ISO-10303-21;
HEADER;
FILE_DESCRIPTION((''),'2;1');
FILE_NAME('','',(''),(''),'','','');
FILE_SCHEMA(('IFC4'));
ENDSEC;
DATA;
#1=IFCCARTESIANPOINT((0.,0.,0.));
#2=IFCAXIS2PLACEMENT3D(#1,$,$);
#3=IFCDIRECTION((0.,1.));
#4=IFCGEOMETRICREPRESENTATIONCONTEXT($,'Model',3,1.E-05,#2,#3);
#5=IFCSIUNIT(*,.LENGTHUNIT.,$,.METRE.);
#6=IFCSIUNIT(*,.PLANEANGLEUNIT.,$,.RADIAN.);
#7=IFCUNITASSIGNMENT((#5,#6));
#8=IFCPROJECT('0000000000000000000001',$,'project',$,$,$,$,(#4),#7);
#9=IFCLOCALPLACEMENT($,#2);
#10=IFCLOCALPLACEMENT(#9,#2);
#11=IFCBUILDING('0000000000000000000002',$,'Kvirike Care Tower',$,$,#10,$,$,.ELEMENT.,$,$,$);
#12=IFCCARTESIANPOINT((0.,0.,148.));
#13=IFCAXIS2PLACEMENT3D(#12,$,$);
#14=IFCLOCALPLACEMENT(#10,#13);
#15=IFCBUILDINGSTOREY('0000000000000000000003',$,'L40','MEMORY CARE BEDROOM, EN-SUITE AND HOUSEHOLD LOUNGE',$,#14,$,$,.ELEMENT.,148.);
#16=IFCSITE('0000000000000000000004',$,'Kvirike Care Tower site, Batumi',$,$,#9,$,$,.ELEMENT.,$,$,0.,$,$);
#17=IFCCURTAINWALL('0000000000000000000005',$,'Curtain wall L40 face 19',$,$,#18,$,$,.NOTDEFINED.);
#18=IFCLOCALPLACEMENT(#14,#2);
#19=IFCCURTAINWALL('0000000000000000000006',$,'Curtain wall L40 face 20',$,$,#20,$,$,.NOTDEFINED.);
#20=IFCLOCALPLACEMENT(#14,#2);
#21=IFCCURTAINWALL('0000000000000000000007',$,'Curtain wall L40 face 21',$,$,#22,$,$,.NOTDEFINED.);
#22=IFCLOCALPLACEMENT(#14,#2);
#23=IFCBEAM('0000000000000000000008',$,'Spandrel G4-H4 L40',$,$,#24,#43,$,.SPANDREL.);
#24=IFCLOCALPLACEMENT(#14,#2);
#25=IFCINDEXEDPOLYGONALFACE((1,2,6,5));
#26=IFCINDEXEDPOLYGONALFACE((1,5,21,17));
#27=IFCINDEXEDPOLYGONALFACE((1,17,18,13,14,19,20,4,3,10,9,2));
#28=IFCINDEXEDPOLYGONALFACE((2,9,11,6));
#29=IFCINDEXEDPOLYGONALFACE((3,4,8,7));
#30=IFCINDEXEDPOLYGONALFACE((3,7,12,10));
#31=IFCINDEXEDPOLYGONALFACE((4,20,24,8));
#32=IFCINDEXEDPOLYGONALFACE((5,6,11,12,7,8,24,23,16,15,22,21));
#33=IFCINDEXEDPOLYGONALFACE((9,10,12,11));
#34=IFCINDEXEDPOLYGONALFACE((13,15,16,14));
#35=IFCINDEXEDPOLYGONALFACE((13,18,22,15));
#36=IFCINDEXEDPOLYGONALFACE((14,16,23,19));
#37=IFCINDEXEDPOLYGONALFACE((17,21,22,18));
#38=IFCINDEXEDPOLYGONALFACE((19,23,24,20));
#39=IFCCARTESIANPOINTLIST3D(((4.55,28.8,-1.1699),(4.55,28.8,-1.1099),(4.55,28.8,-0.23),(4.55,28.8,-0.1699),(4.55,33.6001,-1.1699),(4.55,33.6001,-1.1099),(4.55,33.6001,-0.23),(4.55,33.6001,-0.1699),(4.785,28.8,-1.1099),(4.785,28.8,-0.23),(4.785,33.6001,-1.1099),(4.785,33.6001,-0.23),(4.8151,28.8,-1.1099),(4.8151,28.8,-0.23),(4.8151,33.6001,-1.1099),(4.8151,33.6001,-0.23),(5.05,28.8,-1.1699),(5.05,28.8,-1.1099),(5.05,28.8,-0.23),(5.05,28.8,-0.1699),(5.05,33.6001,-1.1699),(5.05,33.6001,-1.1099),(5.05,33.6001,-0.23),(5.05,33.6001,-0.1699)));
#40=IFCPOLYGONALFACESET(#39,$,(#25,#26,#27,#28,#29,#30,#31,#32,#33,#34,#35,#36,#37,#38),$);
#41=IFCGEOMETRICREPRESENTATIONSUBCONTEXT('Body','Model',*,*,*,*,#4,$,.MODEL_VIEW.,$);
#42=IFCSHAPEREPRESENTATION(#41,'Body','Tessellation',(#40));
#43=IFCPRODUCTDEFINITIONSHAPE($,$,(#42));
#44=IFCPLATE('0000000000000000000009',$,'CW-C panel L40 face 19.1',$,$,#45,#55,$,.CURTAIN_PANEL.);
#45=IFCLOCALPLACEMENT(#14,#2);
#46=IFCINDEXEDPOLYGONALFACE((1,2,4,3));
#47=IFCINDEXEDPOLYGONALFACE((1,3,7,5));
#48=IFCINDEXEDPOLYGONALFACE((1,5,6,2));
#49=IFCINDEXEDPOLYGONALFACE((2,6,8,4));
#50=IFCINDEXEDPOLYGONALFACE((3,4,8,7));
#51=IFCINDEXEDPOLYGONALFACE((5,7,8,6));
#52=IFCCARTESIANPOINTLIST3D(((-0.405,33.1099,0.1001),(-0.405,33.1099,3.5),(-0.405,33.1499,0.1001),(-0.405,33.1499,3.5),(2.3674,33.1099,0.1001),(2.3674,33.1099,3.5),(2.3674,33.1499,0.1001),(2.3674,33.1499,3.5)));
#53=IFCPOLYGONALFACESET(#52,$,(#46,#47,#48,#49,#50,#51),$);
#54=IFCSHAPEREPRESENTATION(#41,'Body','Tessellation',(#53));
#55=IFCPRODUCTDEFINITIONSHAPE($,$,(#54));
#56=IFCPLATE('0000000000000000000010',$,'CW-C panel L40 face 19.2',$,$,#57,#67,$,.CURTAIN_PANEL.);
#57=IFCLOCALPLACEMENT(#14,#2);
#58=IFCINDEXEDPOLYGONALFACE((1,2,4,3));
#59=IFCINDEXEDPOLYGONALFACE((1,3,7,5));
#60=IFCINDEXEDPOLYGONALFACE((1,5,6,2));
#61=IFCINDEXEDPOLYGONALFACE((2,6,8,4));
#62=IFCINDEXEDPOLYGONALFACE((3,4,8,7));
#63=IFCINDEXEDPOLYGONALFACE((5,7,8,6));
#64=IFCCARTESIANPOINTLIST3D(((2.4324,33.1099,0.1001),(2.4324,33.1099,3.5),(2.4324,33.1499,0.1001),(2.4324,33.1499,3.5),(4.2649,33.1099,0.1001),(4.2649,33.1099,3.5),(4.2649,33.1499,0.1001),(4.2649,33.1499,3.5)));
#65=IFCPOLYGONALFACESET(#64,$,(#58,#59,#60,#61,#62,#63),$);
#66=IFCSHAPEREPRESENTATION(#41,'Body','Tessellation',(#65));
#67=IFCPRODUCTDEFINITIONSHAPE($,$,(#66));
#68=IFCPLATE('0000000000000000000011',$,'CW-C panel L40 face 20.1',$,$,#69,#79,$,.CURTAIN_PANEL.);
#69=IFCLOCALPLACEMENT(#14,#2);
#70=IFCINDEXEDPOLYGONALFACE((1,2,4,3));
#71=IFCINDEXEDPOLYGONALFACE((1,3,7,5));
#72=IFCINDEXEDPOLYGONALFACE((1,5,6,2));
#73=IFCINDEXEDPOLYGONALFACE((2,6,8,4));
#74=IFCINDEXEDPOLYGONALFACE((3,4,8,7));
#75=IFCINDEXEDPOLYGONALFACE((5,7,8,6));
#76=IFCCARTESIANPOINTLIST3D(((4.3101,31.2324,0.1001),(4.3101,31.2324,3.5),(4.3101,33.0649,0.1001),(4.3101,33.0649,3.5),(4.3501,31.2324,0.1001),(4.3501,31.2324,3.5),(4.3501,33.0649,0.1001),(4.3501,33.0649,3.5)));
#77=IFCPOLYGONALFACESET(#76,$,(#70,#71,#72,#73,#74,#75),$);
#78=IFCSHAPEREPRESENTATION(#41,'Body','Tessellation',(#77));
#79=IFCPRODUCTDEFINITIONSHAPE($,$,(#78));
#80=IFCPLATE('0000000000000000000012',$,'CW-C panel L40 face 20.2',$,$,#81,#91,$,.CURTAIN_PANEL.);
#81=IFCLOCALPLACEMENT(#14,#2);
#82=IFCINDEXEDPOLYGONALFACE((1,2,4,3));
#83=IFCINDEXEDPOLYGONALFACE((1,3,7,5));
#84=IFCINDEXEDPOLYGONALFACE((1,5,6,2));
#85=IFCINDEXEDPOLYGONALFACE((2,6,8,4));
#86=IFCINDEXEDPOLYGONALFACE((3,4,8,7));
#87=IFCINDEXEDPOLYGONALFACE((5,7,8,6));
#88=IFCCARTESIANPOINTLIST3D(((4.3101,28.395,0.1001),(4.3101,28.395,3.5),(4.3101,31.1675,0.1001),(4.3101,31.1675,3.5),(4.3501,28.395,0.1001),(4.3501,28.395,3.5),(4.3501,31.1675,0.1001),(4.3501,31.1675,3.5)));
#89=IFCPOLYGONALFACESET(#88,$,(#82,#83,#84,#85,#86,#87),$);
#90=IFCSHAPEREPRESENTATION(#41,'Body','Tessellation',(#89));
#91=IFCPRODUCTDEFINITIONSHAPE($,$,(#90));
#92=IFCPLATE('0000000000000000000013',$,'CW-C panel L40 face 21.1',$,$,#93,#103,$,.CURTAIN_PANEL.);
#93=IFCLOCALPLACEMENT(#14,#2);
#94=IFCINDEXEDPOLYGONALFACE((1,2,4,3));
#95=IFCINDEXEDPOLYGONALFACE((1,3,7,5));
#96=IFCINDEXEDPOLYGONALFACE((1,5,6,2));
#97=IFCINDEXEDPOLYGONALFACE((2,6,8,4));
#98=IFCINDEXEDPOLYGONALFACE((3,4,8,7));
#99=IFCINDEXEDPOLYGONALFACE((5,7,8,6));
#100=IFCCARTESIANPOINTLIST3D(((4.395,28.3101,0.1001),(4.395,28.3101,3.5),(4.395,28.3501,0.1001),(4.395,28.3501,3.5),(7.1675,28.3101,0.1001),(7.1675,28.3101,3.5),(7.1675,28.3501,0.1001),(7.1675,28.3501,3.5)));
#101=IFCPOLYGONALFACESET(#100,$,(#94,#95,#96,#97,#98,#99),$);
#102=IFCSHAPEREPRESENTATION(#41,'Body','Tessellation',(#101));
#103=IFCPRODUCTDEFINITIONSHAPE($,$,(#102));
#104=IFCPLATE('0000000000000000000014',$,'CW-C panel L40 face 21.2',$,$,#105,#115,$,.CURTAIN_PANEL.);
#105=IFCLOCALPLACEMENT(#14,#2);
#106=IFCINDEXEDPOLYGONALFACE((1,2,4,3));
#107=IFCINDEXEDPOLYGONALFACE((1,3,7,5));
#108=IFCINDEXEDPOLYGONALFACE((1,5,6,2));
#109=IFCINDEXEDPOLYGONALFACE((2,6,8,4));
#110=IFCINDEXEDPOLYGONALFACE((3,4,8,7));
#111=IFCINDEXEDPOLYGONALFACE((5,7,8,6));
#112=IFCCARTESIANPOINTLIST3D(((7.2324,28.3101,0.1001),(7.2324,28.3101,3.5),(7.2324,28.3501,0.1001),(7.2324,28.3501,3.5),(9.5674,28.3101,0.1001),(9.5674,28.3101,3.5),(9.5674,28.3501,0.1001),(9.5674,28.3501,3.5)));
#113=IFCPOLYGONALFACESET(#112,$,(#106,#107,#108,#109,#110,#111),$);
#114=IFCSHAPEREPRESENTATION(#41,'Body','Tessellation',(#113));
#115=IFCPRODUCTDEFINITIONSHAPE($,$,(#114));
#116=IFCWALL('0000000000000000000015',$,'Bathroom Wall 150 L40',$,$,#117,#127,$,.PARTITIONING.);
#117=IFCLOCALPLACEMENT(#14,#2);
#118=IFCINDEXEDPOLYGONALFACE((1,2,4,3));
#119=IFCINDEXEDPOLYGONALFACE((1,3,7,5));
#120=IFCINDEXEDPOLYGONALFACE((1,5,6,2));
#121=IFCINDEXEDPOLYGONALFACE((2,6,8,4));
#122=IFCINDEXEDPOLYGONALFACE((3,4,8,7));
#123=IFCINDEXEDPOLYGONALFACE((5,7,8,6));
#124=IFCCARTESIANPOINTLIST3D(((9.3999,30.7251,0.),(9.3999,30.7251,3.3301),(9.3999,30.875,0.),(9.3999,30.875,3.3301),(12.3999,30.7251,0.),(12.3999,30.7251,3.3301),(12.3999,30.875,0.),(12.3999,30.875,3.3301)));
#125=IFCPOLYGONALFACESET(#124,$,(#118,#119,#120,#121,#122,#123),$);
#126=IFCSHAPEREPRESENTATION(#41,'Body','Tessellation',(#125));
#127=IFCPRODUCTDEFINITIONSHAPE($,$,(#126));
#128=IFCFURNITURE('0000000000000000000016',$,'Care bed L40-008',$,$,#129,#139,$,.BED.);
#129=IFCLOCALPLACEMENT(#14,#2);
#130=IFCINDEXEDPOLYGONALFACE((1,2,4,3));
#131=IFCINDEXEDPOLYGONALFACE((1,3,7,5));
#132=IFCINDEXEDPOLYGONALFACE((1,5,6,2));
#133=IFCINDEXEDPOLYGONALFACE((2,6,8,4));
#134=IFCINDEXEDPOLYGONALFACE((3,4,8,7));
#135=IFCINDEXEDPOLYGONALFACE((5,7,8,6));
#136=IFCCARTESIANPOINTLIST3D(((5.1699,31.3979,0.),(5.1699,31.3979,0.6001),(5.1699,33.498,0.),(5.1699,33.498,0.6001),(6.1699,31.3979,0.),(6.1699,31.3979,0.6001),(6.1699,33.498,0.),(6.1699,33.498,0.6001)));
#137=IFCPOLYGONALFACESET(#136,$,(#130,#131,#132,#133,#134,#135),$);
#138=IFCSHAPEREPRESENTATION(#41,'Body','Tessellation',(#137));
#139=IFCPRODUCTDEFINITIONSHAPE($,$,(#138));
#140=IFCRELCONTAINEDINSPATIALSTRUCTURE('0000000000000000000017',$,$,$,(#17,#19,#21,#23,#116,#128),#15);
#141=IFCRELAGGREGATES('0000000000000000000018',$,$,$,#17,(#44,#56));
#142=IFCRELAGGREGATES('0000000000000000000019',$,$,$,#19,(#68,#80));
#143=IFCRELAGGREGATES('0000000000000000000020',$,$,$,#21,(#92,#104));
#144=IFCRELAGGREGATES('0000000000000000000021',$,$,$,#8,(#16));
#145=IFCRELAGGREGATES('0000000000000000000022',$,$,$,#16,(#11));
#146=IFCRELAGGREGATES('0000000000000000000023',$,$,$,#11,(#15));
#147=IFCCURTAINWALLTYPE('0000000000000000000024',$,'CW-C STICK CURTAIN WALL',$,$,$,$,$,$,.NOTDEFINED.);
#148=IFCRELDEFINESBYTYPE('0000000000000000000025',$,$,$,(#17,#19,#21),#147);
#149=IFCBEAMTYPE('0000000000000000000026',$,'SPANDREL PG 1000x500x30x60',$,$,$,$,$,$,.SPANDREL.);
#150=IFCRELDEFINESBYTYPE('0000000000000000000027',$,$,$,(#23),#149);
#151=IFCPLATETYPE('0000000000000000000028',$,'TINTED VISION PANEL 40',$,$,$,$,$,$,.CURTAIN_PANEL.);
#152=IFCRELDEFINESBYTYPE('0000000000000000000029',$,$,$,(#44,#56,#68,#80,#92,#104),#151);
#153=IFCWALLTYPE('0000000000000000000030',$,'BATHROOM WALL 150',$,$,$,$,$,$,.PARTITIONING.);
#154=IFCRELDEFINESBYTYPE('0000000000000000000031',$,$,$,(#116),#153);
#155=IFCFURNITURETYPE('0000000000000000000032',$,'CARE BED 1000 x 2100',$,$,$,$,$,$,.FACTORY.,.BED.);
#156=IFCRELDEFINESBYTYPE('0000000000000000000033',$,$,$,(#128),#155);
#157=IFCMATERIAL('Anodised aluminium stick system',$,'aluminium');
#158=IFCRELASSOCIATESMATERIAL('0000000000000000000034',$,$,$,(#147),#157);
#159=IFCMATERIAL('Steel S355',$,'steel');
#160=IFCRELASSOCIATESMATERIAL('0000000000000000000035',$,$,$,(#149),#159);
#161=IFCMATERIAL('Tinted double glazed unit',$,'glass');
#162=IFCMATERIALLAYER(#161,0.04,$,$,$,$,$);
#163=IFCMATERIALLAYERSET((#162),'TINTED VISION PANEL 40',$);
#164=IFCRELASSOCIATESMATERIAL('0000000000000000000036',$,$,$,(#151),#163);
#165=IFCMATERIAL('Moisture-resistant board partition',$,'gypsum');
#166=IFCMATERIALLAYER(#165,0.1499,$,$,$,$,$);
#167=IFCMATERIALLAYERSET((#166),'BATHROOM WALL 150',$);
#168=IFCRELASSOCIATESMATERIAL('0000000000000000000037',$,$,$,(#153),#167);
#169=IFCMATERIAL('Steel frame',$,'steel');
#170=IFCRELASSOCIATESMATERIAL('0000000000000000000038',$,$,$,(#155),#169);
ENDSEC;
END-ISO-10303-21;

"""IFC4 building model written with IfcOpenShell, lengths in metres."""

from ifc_helpers import new_model, si_unit, direction, frame, frame_2d, origin, origin_2d, place, context, subcontext, project, spatial, rectangle, i_section, extrude, material, layer, layer_set, material_profile, profile_set, type_object, element, aggregate, save


model = new_model("IFC4")

# Units and contexts
model_context = context("Model", 3, precision=1e-05, world=origin(), true_north=direction((0.0, 1.0)))
body_context = subcontext(model_context, "Body", "Model", "MODEL_VIEW")
ifc_project = project(units=[si_unit("LENGTHUNIT", "METRE"), si_unit("PLANEANGLEUNIT", "RADIAN")], contexts=[model_context])

# Site, building, storey
site_placement = place(None, origin())
site = spatial("IfcSite", under=ifc_project, at=site_placement, Name="Kvirike Care Tower site, Batumi", CompositionType="ELEMENT", RefElevation=0.0)
building_placement = place(site_placement, origin())
building = spatial("IfcBuilding", under=site, at=building_placement, Name="Kvirike Care Tower", CompositionType="ELEMENT")
storey_placement = place(building_placement, frame((0.0, 0.0, 148.0)))
storey = spatial("IfcBuildingStorey", under=building, at=storey_placement, Name="L40", Description="MEMORY CARE BEDROOM, EN-SUITE AND HOUSEHOLD LOUNGE", CompositionType="ELEMENT", Elevation=148.0)

# Shared definitions
ifc_material_1 = material(Name="Anodised aluminium stick system", Category="aluminium")
curtain_wall_type = type_object("IfcCurtainWallType", Name="CW-C STICK CURTAIN WALL", PredefinedType="NOTDEFINED", material=ifc_material_1)

# Curtain walls
curtain_wall_1_placement = place(storey_placement, origin())
curtain_wall_1 = element("IfcCurtainWall", 1, at=curtain_wall_1_placement, inside=storey, type_object=curtain_wall_type, Name="Curtain wall L40 face 19", PredefinedType="NOTDEFINED")
curtain_wall_2_placement = place(storey_placement, origin())
curtain_wall_2 = element("IfcCurtainWall", 2, at=curtain_wall_2_placement, inside=storey, type_object=curtain_wall_type, Name="Curtain wall L40 face 20", PredefinedType="NOTDEFINED")
curtain_wall_3_placement = place(storey_placement, origin())
curtain_wall_3 = element("IfcCurtainWall", 3, at=curtain_wall_3_placement, inside=storey, type_object=curtain_wall_type, Name="Curtain wall L40 face 21", PredefinedType="NOTDEFINED")

# Beam
ifc_material_2 = material(Name="Steel S355", Category="steel")
ifc_material_profile_1 = material_profile(ifc_material_2, i_section(OverallWidth=0.5, OverallDepth=1.0, WebThickness=0.03, FlangeThickness=0.0601, at=origin_2d()), Name="PG 1000x500x30x60")
ifc_profile_set_1 = profile_set([ifc_material_profile_1], Name="Steel S355")
beam_type_1 = type_object("IfcBeamType", Name="SPANDREL PG 1000x500x30x60", PredefinedType="SPANDREL", material=ifc_profile_set_1)
beam_1_placement = place(storey_placement, frame((4.8, 28.8, -0.6699), z_axis=(0.0, 1.0, 0.0), x_axis=(-1.0, 0.0, 0.0)))
element("IfcBeam", 4, at=beam_1_placement, inside=storey, type_object=beam_type_1, Name="Spandrel G4-H4 L40", PredefinedType="SPANDREL", context=body_context, shape_type="SweptSolid", body=[
    extrude(i_section(OverallWidth=0.5, OverallDepth=1.0, WebThickness=0.03, FlangeThickness=0.0601, at=origin_2d()), origin(), (0.0, 0.0, 1.0), 4.8),
])

# Plates
ifc_material_3 = material(Name="Tinted double glazed unit", Category="glass")
ifc_layer_1 = layer(ifc_material_3, 0.04)
ifc_layer_set_1 = layer_set([ifc_layer_1], Name="TINTED VISION PANEL 40")
plate_type = type_object("IfcPlateType", Name="TINTED VISION PANEL 40", PredefinedType="CURTAIN_PANEL", material=ifc_layer_set_1)
plate_1_placement = place(storey_placement, frame((0.9812, 33.1299, 0.1001), z_axis=(0.0, 0.0, 1.0), x_axis=(1.0, 0.0, 0.0)))
plate_1 = element("IfcPlate", 5, at=plate_1_placement, type_object=plate_type, Name="CW-C panel L40 face 19.1", PredefinedType="CURTAIN_PANEL", context=body_context, shape_type="SweptSolid", body=[
    extrude(rectangle(XDim=2.7725, YDim=0.04, at=origin_2d()), origin(), (0.0, 0.0, 1.0), 3.3999),
])
plate_2_placement = place(storey_placement, frame((3.3486, 33.1299, 0.1001), z_axis=(0.0, 0.0, 1.0), x_axis=(1.0, 0.0, 0.0)))
plate_2 = element("IfcPlate", 6, at=plate_2_placement, type_object=plate_type, Name="CW-C panel L40 face 19.2", PredefinedType="CURTAIN_PANEL", context=body_context, shape_type="SweptSolid", body=[
    extrude(rectangle(XDim=1.8325, YDim=0.04, at=origin_2d()), origin(), (0.0, 0.0, 1.0), 3.3999),
])
aggregate(curtain_wall_1, [plate_1, plate_2])
plate_3_placement = place(storey_placement, frame((4.3301, 32.1487, 0.1001), z_axis=(0.0, 0.0, 1.0), x_axis=(0.0, -1.0, 0.0)))
plate_3 = element("IfcPlate", 7, at=plate_3_placement, type_object=plate_type, Name="CW-C panel L40 face 20.1", PredefinedType="CURTAIN_PANEL", context=body_context, shape_type="SweptSolid", body=[
    extrude(rectangle(XDim=1.8325, YDim=0.04, at=origin_2d()), origin(), (0.0, 0.0, 1.0), 3.3999),
])
plate_4_placement = place(storey_placement, frame((4.3301, 29.7812, 0.1001), z_axis=(0.0, 0.0, 1.0), x_axis=(0.0, -1.0, 0.0)))
plate_4 = element("IfcPlate", 8, at=plate_4_placement, type_object=plate_type, Name="CW-C panel L40 face 20.2", PredefinedType="CURTAIN_PANEL", context=body_context, shape_type="SweptSolid", body=[
    extrude(rectangle(XDim=2.7725, YDim=0.04, at=origin_2d()), origin(), (0.0, 0.0, 1.0), 3.3999),
])
aggregate(curtain_wall_2, [plate_3, plate_4])
plate_5_placement = place(storey_placement, frame((5.7812, 28.3301, 0.1001), z_axis=(0.0, 0.0, 1.0), x_axis=(1.0, 0.0, 0.0)))
plate_5 = element("IfcPlate", 9, at=plate_5_placement, type_object=plate_type, Name="CW-C panel L40 face 21.1", PredefinedType="CURTAIN_PANEL", context=body_context, shape_type="SweptSolid", body=[
    extrude(rectangle(XDim=2.7725, YDim=0.04, at=origin_2d()), origin(), (0.0, 0.0, 1.0), 3.3999),
])
plate_6_placement = place(storey_placement, frame((8.3999, 28.3301, 0.1001), z_axis=(0.0, 0.0, 1.0), x_axis=(1.0, 0.0, 0.0)))
plate_6 = element("IfcPlate", 10, at=plate_6_placement, type_object=plate_type, Name="CW-C panel L40 face 21.2", PredefinedType="CURTAIN_PANEL", context=body_context, shape_type="SweptSolid", body=[
    extrude(rectangle(XDim=2.335, YDim=0.04, at=origin_2d()), origin(), (0.0, 0.0, 1.0), 3.3999),
])
aggregate(curtain_wall_3, [plate_5, plate_6])

# Wall
ifc_material_4 = material(Name="Moisture-resistant board partition", Category="gypsum")
ifc_layer_2 = layer(ifc_material_4, 0.1499)
ifc_layer_set_2 = layer_set([ifc_layer_2], Name="BATHROOM WALL 150")
wall_type = type_object("IfcWallType", Name="BATHROOM WALL 150", PredefinedType="PARTITIONING", material=ifc_layer_set_2)
wall_placement = place(storey_placement, frame((9.3999, 30.8, 0.0), z_axis=(0.0, 0.0, 1.0), x_axis=(1.0, 0.0, 0.0)))
element("IfcWall", 11, at=wall_placement, inside=storey, type_object=wall_type, Name="Bathroom Wall 150 L40", PredefinedType="PARTITIONING", context=body_context, shape_type="SweptSolid", body=[
    extrude(rectangle(XDim=3.0, YDim=0.1499, at=frame_2d((1.5, 0.0))), origin(), (0.0, 0.0, 1.0), 3.3301),
])

# Furniture
ifc_material_5 = material(Name="Steel frame", Category="steel")
furniture_type = type_object("IfcFurnitureType", Name="CARE BED 1000 x 2100", AssemblyPlace="FACTORY", PredefinedType="BED", material=ifc_material_5)
furniture_placement = place(storey_placement, frame((5.6699, 32.448, 0.0), z_axis=(0.0, 0.0, 1.0), x_axis=(1.0, 0.0, 0.0)))
element("IfcFurniture", 12, at=furniture_placement, inside=storey, type_object=furniture_type, Name="Care bed L40-008", PredefinedType="BED", context=body_context, shape_type="SweptSolid", body=[
    extrude(rectangle(XDim=1.0, YDim=2.1001, at=origin_2d()), origin(), (0.0, 0.0, 1.0), 0.6001),
])

save(model, "model.ifc")
